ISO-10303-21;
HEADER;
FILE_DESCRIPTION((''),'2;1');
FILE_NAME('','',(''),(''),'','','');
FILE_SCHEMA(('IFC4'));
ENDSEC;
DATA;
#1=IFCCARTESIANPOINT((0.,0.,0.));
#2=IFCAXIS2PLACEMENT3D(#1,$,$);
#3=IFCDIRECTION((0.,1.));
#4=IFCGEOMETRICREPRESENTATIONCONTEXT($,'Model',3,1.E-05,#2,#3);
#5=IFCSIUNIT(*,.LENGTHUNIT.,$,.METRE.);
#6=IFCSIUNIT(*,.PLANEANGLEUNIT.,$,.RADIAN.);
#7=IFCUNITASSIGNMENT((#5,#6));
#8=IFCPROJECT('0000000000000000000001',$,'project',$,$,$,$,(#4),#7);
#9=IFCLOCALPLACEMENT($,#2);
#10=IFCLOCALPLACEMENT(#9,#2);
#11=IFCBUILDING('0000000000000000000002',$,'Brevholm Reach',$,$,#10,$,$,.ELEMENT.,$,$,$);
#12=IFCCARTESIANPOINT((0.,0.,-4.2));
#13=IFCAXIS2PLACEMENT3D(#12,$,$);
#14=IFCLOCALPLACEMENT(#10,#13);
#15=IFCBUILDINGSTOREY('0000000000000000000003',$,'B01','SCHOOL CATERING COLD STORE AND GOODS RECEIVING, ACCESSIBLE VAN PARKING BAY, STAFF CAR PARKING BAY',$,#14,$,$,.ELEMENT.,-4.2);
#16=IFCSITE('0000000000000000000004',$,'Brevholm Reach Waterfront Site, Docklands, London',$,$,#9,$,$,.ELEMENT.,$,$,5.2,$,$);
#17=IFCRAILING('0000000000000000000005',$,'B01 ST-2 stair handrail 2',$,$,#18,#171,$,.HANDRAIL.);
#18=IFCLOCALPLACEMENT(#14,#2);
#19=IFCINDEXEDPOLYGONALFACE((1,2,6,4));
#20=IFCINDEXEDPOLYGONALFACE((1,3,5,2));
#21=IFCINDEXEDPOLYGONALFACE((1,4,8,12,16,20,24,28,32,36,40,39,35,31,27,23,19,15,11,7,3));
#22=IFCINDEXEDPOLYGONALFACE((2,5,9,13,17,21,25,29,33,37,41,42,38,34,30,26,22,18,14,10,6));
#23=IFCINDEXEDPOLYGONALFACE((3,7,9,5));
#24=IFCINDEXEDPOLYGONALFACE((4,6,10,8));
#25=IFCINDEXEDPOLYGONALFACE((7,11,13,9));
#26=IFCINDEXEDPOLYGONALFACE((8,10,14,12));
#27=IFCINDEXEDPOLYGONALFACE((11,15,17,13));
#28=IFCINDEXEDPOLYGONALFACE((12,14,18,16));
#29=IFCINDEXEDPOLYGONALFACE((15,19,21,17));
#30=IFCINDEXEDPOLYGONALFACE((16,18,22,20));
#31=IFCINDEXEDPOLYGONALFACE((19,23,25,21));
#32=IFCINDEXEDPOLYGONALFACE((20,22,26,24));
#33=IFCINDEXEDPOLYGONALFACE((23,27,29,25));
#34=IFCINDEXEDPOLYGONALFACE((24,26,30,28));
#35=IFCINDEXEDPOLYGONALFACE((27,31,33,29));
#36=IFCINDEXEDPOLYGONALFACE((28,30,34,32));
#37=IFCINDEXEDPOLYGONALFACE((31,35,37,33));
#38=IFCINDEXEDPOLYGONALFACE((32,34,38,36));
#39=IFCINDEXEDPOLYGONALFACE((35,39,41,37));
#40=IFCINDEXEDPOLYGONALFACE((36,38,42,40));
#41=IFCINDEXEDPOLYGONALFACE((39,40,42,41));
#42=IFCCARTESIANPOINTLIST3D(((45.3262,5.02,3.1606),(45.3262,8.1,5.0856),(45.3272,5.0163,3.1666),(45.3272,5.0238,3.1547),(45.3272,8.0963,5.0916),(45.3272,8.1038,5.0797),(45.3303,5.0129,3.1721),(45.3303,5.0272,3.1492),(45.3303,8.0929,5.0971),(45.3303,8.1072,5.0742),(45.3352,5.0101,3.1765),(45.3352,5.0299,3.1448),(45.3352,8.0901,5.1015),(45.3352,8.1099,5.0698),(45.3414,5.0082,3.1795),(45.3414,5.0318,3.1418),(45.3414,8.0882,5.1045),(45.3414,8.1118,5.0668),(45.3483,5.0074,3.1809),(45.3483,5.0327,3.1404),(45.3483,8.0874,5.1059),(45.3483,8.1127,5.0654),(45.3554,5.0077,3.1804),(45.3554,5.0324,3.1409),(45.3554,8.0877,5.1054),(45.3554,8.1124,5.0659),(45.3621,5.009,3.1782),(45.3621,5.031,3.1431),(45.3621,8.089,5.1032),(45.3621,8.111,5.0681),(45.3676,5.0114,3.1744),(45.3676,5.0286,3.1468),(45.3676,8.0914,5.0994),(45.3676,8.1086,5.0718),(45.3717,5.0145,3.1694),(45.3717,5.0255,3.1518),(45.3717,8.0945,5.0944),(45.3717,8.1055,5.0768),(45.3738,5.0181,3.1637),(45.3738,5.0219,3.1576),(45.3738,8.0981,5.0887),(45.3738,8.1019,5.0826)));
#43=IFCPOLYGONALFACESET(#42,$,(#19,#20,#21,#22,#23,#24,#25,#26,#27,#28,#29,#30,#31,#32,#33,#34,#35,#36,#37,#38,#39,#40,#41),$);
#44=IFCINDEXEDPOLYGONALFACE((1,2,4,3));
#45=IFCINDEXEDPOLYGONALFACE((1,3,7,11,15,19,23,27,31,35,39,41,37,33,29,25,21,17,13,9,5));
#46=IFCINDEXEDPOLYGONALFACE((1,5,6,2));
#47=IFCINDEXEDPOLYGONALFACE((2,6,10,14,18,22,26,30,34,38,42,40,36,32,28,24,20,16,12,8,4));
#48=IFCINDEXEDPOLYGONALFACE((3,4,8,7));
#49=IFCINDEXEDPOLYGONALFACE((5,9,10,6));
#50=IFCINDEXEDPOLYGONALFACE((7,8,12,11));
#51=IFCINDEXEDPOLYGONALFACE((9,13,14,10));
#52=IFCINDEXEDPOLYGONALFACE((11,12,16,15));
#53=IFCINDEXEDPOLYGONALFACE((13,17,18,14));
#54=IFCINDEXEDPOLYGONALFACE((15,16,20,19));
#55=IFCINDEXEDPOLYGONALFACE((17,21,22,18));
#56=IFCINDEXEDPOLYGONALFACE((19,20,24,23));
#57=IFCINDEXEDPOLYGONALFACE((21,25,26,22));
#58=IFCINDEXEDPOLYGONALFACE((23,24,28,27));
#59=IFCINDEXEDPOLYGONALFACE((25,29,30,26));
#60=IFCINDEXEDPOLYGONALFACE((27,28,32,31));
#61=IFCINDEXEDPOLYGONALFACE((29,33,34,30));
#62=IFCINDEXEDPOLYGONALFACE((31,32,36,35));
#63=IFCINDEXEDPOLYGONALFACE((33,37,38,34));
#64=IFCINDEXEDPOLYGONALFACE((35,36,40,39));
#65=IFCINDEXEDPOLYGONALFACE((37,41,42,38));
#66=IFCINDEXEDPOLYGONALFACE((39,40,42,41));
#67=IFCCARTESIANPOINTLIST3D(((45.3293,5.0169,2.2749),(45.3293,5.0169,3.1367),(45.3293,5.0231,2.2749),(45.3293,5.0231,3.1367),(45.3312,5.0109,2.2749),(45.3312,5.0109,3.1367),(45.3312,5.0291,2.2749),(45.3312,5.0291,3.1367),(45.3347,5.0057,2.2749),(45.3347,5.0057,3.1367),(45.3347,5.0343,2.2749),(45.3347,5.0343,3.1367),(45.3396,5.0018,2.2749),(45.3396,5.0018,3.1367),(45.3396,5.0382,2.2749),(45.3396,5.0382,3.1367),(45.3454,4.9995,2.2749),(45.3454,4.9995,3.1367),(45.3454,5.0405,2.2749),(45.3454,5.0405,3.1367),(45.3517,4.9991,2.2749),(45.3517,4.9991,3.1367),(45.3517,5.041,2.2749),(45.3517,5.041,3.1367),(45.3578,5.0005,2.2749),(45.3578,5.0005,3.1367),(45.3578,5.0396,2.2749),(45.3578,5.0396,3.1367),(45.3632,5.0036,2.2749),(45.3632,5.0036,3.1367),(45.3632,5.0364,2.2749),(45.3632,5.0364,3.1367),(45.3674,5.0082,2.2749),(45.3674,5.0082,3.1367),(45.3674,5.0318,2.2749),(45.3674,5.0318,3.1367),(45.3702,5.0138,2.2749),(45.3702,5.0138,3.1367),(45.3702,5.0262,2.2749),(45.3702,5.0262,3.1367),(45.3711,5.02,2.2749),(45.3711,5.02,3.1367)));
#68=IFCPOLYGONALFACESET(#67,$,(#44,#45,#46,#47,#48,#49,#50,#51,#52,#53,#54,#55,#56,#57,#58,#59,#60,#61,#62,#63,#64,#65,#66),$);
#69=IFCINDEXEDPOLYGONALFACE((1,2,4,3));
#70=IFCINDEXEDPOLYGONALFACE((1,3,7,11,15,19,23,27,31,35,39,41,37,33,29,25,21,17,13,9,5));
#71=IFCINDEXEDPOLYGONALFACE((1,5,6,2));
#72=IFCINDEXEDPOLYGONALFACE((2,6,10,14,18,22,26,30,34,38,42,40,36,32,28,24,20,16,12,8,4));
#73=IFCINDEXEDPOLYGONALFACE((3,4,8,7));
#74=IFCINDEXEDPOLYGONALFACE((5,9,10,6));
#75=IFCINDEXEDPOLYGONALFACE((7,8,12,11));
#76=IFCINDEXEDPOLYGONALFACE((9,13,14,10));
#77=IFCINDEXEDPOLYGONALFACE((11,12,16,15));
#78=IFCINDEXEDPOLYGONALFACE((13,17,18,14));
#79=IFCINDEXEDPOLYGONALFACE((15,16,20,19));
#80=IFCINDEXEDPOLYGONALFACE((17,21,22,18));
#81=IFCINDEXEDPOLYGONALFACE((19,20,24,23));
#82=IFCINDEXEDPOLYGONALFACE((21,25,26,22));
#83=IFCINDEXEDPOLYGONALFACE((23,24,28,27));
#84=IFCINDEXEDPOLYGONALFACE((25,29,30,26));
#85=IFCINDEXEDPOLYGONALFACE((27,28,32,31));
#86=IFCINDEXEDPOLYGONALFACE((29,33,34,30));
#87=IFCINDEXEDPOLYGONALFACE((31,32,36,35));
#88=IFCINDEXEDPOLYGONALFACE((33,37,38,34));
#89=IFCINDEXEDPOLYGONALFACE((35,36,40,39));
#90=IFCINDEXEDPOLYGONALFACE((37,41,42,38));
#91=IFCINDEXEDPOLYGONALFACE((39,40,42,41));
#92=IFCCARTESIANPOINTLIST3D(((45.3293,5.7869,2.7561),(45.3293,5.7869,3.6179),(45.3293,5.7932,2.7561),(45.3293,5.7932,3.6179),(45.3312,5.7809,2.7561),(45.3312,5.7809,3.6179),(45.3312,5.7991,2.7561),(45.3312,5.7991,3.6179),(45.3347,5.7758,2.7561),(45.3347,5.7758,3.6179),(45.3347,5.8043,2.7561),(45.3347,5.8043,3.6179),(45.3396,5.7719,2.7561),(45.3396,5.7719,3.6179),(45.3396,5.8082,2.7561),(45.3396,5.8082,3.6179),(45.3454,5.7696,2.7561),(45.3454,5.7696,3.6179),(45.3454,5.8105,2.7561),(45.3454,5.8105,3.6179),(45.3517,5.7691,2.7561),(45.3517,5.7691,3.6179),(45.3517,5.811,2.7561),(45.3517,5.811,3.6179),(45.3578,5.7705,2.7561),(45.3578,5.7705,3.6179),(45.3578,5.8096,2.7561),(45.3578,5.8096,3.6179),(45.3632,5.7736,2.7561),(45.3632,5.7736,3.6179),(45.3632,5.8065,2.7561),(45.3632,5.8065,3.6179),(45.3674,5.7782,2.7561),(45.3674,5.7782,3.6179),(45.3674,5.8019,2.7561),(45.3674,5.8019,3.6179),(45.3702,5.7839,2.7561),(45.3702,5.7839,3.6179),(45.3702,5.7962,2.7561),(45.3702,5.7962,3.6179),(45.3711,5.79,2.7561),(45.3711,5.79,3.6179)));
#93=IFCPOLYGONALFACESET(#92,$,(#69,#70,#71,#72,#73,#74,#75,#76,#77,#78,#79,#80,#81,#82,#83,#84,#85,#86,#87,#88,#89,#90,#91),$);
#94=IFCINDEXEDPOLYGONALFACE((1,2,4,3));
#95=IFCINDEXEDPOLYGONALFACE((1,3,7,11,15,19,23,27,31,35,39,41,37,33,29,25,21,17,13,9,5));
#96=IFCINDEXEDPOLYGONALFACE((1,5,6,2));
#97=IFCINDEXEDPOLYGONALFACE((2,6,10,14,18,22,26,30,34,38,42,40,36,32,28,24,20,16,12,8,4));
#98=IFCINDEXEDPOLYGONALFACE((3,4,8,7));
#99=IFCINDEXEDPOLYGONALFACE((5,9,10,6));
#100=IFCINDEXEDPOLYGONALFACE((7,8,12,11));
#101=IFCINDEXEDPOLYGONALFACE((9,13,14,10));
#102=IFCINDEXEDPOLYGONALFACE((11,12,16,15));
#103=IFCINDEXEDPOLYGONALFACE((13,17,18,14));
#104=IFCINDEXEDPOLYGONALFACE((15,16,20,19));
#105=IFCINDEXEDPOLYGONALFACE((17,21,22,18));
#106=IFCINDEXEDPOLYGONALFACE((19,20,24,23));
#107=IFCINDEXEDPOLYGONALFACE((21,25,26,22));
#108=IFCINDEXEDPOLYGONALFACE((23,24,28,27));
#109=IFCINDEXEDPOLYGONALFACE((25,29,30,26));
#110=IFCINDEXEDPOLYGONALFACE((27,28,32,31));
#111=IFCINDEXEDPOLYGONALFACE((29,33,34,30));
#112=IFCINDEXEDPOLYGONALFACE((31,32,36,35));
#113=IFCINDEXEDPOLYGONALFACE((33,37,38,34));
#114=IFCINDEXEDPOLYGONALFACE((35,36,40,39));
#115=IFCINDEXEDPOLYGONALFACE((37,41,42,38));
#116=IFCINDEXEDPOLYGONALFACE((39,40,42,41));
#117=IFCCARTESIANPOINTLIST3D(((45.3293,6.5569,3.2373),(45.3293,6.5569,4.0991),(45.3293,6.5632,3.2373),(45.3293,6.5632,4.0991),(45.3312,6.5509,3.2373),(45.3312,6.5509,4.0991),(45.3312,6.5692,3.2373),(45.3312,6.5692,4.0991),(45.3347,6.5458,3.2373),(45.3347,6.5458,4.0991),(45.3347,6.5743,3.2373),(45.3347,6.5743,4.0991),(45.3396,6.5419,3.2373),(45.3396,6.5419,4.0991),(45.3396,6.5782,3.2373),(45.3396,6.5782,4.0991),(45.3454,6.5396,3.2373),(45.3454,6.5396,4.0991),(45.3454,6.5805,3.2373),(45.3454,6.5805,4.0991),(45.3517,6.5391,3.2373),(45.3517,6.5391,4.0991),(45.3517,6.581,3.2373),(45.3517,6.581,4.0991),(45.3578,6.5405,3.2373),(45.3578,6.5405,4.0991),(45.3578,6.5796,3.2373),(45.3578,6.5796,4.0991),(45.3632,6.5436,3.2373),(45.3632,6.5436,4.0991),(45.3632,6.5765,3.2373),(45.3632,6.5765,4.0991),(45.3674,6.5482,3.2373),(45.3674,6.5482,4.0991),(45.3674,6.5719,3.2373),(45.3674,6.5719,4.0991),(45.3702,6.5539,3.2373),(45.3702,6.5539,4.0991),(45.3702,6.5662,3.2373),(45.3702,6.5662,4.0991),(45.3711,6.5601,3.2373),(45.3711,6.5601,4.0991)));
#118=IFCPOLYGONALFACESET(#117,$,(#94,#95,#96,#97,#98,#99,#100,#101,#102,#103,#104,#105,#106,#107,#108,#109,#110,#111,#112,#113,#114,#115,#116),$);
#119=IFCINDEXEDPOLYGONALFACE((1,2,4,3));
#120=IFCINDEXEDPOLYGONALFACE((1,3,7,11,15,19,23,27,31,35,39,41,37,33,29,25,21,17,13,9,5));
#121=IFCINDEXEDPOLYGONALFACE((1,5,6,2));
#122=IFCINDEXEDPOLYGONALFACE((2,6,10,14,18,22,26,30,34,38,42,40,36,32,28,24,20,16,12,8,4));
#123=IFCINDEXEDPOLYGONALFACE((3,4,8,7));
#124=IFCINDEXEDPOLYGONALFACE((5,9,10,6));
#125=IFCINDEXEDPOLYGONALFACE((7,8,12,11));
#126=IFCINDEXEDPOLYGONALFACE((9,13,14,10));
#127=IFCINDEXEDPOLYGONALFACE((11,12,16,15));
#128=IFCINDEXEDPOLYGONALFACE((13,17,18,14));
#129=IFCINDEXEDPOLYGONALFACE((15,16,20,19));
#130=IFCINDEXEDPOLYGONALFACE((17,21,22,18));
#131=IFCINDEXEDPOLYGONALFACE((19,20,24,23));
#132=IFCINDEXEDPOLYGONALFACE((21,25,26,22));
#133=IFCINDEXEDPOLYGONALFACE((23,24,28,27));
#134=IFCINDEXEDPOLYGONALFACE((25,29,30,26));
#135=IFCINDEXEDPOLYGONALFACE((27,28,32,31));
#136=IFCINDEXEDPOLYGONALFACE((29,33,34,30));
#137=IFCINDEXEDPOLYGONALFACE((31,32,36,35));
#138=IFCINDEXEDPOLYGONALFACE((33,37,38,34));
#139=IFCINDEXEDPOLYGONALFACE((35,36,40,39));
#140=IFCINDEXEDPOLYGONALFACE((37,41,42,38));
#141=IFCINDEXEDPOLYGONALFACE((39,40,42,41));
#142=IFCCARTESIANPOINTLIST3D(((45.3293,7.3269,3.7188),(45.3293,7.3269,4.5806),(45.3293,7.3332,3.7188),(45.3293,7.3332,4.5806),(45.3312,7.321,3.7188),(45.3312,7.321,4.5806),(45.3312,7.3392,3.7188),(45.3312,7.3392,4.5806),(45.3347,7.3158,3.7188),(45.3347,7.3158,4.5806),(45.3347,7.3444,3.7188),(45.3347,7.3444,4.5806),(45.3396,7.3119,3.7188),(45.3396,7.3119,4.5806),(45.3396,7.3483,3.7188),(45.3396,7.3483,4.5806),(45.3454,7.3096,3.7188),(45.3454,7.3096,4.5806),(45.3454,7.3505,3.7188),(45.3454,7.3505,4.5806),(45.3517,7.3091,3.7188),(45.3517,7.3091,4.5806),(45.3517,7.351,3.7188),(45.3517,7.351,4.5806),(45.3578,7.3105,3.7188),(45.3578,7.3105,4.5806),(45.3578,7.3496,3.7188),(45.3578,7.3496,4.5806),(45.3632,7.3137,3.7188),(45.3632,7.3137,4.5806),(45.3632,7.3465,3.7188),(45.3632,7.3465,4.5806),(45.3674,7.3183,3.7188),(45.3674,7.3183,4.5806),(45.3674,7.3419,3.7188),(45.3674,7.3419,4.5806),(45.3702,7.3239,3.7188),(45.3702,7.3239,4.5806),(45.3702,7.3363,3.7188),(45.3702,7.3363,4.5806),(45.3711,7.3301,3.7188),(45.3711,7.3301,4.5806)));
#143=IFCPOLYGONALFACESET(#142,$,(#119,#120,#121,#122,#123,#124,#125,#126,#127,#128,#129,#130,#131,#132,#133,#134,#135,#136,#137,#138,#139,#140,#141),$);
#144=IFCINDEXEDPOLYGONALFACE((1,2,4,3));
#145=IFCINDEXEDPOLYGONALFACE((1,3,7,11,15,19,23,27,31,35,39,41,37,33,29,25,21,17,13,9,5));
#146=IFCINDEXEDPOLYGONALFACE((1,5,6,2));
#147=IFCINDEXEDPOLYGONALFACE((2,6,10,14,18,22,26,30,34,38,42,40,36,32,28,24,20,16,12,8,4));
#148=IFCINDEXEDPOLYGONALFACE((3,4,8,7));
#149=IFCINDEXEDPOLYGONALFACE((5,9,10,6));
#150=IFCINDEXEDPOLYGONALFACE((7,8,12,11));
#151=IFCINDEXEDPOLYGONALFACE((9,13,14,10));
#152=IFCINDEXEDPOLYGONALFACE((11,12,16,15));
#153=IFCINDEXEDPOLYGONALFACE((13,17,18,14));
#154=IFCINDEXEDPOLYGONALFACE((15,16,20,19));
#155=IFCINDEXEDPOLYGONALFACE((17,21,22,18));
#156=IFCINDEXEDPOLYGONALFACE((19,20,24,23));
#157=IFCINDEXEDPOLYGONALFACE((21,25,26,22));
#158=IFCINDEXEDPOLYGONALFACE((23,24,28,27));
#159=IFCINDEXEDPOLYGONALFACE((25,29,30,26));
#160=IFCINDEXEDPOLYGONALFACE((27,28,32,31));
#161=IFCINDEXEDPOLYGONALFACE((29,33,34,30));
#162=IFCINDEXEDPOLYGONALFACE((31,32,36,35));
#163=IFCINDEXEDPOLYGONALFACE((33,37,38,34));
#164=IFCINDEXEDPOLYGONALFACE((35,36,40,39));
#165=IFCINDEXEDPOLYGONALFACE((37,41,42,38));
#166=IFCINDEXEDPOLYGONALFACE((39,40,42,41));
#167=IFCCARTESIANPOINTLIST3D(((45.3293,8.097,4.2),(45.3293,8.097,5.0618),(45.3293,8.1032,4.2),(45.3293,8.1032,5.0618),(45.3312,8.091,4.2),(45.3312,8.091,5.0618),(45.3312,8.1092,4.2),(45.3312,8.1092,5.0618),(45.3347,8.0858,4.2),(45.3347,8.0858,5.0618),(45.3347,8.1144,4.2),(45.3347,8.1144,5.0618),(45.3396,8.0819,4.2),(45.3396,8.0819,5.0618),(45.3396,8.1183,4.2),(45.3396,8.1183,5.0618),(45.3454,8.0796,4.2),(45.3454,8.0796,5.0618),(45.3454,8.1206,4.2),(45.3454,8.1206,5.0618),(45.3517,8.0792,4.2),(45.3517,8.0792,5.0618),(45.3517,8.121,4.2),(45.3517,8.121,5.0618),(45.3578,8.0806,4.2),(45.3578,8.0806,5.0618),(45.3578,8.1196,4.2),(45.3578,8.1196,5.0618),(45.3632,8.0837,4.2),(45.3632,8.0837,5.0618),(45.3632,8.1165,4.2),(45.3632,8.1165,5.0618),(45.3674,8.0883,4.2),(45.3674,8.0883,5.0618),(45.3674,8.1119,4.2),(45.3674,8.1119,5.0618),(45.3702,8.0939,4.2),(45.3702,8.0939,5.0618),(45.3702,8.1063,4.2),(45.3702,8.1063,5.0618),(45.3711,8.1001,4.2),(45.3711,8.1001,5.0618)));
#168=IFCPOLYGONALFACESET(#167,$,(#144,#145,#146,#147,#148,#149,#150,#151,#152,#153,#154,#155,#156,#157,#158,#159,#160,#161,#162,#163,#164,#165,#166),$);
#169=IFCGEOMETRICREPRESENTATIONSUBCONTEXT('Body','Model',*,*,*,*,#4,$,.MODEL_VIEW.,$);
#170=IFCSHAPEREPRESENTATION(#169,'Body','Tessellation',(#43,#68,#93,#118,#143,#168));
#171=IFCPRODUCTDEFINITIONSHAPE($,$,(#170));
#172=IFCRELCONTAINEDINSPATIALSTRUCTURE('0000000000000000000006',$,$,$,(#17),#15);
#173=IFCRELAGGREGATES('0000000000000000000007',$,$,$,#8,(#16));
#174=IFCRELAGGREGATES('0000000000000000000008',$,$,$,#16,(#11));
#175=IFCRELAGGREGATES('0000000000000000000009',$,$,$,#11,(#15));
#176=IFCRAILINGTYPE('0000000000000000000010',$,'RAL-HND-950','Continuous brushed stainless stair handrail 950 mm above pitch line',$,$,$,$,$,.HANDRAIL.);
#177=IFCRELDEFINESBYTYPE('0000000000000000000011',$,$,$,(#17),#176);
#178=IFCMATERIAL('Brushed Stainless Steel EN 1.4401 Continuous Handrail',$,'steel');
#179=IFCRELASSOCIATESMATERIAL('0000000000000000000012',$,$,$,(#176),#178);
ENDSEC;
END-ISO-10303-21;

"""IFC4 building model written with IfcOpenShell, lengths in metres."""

from ifc_helpers import new_model, si_unit, direction, frame, origin, origin_2d, place, context, subcontext, project, spatial, circle, extrude, material, type_object, element, save


model = new_model("IFC4")

# Units and contexts
model_context = context("Model", 3, precision=1e-05, world=origin(), true_north=direction((0.0, 1.0)))
body_context = subcontext(model_context, "Body", "Model", "MODEL_VIEW")
ifc_project = project(units=[si_unit("LENGTHUNIT", "METRE"), si_unit("PLANEANGLEUNIT", "RADIAN")], contexts=[model_context])

# Site, building, storey
site_placement = place(None, origin())
site = spatial("IfcSite", under=ifc_project, at=site_placement, Name="Brevholm Reach Waterfront Site, Docklands, London", CompositionType="ELEMENT", RefElevation=5.2)
building_placement = place(site_placement, origin())
building = spatial("IfcBuilding", under=site, at=building_placement, Name="Brevholm Reach", CompositionType="ELEMENT")
storey_placement = place(building_placement, frame((0.0, 0.0, -4.2)))
storey = spatial("IfcBuildingStorey", under=building, at=storey_placement, Name="B01", Description="SCHOOL CATERING COLD STORE AND GOODS RECEIVING, ACCESSIBLE VAN PARKING BAY, STAFF CAR PARKING BAY", CompositionType="ELEMENT", Elevation=-4.2)

# Railing
ifc_material_1 = material(Name="Brushed Stainless Steel EN 1.4401 Continuous Handrail", Category="steel")
railing_type_1 = type_object("IfcRailingType", Name="RAL-HND-950", Description="Continuous brushed stainless stair handrail 950 mm above pitch line", PredefinedType="HANDRAIL", material=ifc_material_1)
railing_1_placement = place(storey_placement, frame((45.3501, 5.02, 2.2749)))
element("IfcRailing", 1, at=railing_1_placement, inside=storey, type_object=railing_type_1, Name="B01 ST-2 stair handrail 2", PredefinedType="HANDRAIL", context=body_context, shape_type="SweptSolid", body=[
    extrude(circle(Radius=0.0239, at=origin_2d()), frame((0.0, 0.0, 0.8857), z_axis=(0.0, 0.847998, 0.529999), x_axis=(-1.0, 0.0, 0.0)), (0.0, 0.0, 1.0), 3.6321),
    extrude(circle(Radius=0.021, at=origin_2d()), origin(), (0.0, 0.0, 1.0), 0.8618),
    extrude(circle(Radius=0.021, at=origin_2d()), frame((0.0, 0.77, 0.4812)), (0.0, 0.0, 1.0), 0.8618),
    extrude(circle(Radius=0.021, at=origin_2d()), frame((0.0, 1.54, 0.9624)), (0.0, 0.0, 1.0), 0.8618),
    extrude(circle(Radius=0.021, at=origin_2d()), frame((0.0, 2.3101, 1.4438)), (0.0, 0.0, 1.0), 0.8618),
    extrude(circle(Radius=0.021, at=origin_2d()), frame((0.0, 3.0801, 1.925)), (0.0, 0.0, 1.0), 0.8618),
])

save(model, "model.ifc")
